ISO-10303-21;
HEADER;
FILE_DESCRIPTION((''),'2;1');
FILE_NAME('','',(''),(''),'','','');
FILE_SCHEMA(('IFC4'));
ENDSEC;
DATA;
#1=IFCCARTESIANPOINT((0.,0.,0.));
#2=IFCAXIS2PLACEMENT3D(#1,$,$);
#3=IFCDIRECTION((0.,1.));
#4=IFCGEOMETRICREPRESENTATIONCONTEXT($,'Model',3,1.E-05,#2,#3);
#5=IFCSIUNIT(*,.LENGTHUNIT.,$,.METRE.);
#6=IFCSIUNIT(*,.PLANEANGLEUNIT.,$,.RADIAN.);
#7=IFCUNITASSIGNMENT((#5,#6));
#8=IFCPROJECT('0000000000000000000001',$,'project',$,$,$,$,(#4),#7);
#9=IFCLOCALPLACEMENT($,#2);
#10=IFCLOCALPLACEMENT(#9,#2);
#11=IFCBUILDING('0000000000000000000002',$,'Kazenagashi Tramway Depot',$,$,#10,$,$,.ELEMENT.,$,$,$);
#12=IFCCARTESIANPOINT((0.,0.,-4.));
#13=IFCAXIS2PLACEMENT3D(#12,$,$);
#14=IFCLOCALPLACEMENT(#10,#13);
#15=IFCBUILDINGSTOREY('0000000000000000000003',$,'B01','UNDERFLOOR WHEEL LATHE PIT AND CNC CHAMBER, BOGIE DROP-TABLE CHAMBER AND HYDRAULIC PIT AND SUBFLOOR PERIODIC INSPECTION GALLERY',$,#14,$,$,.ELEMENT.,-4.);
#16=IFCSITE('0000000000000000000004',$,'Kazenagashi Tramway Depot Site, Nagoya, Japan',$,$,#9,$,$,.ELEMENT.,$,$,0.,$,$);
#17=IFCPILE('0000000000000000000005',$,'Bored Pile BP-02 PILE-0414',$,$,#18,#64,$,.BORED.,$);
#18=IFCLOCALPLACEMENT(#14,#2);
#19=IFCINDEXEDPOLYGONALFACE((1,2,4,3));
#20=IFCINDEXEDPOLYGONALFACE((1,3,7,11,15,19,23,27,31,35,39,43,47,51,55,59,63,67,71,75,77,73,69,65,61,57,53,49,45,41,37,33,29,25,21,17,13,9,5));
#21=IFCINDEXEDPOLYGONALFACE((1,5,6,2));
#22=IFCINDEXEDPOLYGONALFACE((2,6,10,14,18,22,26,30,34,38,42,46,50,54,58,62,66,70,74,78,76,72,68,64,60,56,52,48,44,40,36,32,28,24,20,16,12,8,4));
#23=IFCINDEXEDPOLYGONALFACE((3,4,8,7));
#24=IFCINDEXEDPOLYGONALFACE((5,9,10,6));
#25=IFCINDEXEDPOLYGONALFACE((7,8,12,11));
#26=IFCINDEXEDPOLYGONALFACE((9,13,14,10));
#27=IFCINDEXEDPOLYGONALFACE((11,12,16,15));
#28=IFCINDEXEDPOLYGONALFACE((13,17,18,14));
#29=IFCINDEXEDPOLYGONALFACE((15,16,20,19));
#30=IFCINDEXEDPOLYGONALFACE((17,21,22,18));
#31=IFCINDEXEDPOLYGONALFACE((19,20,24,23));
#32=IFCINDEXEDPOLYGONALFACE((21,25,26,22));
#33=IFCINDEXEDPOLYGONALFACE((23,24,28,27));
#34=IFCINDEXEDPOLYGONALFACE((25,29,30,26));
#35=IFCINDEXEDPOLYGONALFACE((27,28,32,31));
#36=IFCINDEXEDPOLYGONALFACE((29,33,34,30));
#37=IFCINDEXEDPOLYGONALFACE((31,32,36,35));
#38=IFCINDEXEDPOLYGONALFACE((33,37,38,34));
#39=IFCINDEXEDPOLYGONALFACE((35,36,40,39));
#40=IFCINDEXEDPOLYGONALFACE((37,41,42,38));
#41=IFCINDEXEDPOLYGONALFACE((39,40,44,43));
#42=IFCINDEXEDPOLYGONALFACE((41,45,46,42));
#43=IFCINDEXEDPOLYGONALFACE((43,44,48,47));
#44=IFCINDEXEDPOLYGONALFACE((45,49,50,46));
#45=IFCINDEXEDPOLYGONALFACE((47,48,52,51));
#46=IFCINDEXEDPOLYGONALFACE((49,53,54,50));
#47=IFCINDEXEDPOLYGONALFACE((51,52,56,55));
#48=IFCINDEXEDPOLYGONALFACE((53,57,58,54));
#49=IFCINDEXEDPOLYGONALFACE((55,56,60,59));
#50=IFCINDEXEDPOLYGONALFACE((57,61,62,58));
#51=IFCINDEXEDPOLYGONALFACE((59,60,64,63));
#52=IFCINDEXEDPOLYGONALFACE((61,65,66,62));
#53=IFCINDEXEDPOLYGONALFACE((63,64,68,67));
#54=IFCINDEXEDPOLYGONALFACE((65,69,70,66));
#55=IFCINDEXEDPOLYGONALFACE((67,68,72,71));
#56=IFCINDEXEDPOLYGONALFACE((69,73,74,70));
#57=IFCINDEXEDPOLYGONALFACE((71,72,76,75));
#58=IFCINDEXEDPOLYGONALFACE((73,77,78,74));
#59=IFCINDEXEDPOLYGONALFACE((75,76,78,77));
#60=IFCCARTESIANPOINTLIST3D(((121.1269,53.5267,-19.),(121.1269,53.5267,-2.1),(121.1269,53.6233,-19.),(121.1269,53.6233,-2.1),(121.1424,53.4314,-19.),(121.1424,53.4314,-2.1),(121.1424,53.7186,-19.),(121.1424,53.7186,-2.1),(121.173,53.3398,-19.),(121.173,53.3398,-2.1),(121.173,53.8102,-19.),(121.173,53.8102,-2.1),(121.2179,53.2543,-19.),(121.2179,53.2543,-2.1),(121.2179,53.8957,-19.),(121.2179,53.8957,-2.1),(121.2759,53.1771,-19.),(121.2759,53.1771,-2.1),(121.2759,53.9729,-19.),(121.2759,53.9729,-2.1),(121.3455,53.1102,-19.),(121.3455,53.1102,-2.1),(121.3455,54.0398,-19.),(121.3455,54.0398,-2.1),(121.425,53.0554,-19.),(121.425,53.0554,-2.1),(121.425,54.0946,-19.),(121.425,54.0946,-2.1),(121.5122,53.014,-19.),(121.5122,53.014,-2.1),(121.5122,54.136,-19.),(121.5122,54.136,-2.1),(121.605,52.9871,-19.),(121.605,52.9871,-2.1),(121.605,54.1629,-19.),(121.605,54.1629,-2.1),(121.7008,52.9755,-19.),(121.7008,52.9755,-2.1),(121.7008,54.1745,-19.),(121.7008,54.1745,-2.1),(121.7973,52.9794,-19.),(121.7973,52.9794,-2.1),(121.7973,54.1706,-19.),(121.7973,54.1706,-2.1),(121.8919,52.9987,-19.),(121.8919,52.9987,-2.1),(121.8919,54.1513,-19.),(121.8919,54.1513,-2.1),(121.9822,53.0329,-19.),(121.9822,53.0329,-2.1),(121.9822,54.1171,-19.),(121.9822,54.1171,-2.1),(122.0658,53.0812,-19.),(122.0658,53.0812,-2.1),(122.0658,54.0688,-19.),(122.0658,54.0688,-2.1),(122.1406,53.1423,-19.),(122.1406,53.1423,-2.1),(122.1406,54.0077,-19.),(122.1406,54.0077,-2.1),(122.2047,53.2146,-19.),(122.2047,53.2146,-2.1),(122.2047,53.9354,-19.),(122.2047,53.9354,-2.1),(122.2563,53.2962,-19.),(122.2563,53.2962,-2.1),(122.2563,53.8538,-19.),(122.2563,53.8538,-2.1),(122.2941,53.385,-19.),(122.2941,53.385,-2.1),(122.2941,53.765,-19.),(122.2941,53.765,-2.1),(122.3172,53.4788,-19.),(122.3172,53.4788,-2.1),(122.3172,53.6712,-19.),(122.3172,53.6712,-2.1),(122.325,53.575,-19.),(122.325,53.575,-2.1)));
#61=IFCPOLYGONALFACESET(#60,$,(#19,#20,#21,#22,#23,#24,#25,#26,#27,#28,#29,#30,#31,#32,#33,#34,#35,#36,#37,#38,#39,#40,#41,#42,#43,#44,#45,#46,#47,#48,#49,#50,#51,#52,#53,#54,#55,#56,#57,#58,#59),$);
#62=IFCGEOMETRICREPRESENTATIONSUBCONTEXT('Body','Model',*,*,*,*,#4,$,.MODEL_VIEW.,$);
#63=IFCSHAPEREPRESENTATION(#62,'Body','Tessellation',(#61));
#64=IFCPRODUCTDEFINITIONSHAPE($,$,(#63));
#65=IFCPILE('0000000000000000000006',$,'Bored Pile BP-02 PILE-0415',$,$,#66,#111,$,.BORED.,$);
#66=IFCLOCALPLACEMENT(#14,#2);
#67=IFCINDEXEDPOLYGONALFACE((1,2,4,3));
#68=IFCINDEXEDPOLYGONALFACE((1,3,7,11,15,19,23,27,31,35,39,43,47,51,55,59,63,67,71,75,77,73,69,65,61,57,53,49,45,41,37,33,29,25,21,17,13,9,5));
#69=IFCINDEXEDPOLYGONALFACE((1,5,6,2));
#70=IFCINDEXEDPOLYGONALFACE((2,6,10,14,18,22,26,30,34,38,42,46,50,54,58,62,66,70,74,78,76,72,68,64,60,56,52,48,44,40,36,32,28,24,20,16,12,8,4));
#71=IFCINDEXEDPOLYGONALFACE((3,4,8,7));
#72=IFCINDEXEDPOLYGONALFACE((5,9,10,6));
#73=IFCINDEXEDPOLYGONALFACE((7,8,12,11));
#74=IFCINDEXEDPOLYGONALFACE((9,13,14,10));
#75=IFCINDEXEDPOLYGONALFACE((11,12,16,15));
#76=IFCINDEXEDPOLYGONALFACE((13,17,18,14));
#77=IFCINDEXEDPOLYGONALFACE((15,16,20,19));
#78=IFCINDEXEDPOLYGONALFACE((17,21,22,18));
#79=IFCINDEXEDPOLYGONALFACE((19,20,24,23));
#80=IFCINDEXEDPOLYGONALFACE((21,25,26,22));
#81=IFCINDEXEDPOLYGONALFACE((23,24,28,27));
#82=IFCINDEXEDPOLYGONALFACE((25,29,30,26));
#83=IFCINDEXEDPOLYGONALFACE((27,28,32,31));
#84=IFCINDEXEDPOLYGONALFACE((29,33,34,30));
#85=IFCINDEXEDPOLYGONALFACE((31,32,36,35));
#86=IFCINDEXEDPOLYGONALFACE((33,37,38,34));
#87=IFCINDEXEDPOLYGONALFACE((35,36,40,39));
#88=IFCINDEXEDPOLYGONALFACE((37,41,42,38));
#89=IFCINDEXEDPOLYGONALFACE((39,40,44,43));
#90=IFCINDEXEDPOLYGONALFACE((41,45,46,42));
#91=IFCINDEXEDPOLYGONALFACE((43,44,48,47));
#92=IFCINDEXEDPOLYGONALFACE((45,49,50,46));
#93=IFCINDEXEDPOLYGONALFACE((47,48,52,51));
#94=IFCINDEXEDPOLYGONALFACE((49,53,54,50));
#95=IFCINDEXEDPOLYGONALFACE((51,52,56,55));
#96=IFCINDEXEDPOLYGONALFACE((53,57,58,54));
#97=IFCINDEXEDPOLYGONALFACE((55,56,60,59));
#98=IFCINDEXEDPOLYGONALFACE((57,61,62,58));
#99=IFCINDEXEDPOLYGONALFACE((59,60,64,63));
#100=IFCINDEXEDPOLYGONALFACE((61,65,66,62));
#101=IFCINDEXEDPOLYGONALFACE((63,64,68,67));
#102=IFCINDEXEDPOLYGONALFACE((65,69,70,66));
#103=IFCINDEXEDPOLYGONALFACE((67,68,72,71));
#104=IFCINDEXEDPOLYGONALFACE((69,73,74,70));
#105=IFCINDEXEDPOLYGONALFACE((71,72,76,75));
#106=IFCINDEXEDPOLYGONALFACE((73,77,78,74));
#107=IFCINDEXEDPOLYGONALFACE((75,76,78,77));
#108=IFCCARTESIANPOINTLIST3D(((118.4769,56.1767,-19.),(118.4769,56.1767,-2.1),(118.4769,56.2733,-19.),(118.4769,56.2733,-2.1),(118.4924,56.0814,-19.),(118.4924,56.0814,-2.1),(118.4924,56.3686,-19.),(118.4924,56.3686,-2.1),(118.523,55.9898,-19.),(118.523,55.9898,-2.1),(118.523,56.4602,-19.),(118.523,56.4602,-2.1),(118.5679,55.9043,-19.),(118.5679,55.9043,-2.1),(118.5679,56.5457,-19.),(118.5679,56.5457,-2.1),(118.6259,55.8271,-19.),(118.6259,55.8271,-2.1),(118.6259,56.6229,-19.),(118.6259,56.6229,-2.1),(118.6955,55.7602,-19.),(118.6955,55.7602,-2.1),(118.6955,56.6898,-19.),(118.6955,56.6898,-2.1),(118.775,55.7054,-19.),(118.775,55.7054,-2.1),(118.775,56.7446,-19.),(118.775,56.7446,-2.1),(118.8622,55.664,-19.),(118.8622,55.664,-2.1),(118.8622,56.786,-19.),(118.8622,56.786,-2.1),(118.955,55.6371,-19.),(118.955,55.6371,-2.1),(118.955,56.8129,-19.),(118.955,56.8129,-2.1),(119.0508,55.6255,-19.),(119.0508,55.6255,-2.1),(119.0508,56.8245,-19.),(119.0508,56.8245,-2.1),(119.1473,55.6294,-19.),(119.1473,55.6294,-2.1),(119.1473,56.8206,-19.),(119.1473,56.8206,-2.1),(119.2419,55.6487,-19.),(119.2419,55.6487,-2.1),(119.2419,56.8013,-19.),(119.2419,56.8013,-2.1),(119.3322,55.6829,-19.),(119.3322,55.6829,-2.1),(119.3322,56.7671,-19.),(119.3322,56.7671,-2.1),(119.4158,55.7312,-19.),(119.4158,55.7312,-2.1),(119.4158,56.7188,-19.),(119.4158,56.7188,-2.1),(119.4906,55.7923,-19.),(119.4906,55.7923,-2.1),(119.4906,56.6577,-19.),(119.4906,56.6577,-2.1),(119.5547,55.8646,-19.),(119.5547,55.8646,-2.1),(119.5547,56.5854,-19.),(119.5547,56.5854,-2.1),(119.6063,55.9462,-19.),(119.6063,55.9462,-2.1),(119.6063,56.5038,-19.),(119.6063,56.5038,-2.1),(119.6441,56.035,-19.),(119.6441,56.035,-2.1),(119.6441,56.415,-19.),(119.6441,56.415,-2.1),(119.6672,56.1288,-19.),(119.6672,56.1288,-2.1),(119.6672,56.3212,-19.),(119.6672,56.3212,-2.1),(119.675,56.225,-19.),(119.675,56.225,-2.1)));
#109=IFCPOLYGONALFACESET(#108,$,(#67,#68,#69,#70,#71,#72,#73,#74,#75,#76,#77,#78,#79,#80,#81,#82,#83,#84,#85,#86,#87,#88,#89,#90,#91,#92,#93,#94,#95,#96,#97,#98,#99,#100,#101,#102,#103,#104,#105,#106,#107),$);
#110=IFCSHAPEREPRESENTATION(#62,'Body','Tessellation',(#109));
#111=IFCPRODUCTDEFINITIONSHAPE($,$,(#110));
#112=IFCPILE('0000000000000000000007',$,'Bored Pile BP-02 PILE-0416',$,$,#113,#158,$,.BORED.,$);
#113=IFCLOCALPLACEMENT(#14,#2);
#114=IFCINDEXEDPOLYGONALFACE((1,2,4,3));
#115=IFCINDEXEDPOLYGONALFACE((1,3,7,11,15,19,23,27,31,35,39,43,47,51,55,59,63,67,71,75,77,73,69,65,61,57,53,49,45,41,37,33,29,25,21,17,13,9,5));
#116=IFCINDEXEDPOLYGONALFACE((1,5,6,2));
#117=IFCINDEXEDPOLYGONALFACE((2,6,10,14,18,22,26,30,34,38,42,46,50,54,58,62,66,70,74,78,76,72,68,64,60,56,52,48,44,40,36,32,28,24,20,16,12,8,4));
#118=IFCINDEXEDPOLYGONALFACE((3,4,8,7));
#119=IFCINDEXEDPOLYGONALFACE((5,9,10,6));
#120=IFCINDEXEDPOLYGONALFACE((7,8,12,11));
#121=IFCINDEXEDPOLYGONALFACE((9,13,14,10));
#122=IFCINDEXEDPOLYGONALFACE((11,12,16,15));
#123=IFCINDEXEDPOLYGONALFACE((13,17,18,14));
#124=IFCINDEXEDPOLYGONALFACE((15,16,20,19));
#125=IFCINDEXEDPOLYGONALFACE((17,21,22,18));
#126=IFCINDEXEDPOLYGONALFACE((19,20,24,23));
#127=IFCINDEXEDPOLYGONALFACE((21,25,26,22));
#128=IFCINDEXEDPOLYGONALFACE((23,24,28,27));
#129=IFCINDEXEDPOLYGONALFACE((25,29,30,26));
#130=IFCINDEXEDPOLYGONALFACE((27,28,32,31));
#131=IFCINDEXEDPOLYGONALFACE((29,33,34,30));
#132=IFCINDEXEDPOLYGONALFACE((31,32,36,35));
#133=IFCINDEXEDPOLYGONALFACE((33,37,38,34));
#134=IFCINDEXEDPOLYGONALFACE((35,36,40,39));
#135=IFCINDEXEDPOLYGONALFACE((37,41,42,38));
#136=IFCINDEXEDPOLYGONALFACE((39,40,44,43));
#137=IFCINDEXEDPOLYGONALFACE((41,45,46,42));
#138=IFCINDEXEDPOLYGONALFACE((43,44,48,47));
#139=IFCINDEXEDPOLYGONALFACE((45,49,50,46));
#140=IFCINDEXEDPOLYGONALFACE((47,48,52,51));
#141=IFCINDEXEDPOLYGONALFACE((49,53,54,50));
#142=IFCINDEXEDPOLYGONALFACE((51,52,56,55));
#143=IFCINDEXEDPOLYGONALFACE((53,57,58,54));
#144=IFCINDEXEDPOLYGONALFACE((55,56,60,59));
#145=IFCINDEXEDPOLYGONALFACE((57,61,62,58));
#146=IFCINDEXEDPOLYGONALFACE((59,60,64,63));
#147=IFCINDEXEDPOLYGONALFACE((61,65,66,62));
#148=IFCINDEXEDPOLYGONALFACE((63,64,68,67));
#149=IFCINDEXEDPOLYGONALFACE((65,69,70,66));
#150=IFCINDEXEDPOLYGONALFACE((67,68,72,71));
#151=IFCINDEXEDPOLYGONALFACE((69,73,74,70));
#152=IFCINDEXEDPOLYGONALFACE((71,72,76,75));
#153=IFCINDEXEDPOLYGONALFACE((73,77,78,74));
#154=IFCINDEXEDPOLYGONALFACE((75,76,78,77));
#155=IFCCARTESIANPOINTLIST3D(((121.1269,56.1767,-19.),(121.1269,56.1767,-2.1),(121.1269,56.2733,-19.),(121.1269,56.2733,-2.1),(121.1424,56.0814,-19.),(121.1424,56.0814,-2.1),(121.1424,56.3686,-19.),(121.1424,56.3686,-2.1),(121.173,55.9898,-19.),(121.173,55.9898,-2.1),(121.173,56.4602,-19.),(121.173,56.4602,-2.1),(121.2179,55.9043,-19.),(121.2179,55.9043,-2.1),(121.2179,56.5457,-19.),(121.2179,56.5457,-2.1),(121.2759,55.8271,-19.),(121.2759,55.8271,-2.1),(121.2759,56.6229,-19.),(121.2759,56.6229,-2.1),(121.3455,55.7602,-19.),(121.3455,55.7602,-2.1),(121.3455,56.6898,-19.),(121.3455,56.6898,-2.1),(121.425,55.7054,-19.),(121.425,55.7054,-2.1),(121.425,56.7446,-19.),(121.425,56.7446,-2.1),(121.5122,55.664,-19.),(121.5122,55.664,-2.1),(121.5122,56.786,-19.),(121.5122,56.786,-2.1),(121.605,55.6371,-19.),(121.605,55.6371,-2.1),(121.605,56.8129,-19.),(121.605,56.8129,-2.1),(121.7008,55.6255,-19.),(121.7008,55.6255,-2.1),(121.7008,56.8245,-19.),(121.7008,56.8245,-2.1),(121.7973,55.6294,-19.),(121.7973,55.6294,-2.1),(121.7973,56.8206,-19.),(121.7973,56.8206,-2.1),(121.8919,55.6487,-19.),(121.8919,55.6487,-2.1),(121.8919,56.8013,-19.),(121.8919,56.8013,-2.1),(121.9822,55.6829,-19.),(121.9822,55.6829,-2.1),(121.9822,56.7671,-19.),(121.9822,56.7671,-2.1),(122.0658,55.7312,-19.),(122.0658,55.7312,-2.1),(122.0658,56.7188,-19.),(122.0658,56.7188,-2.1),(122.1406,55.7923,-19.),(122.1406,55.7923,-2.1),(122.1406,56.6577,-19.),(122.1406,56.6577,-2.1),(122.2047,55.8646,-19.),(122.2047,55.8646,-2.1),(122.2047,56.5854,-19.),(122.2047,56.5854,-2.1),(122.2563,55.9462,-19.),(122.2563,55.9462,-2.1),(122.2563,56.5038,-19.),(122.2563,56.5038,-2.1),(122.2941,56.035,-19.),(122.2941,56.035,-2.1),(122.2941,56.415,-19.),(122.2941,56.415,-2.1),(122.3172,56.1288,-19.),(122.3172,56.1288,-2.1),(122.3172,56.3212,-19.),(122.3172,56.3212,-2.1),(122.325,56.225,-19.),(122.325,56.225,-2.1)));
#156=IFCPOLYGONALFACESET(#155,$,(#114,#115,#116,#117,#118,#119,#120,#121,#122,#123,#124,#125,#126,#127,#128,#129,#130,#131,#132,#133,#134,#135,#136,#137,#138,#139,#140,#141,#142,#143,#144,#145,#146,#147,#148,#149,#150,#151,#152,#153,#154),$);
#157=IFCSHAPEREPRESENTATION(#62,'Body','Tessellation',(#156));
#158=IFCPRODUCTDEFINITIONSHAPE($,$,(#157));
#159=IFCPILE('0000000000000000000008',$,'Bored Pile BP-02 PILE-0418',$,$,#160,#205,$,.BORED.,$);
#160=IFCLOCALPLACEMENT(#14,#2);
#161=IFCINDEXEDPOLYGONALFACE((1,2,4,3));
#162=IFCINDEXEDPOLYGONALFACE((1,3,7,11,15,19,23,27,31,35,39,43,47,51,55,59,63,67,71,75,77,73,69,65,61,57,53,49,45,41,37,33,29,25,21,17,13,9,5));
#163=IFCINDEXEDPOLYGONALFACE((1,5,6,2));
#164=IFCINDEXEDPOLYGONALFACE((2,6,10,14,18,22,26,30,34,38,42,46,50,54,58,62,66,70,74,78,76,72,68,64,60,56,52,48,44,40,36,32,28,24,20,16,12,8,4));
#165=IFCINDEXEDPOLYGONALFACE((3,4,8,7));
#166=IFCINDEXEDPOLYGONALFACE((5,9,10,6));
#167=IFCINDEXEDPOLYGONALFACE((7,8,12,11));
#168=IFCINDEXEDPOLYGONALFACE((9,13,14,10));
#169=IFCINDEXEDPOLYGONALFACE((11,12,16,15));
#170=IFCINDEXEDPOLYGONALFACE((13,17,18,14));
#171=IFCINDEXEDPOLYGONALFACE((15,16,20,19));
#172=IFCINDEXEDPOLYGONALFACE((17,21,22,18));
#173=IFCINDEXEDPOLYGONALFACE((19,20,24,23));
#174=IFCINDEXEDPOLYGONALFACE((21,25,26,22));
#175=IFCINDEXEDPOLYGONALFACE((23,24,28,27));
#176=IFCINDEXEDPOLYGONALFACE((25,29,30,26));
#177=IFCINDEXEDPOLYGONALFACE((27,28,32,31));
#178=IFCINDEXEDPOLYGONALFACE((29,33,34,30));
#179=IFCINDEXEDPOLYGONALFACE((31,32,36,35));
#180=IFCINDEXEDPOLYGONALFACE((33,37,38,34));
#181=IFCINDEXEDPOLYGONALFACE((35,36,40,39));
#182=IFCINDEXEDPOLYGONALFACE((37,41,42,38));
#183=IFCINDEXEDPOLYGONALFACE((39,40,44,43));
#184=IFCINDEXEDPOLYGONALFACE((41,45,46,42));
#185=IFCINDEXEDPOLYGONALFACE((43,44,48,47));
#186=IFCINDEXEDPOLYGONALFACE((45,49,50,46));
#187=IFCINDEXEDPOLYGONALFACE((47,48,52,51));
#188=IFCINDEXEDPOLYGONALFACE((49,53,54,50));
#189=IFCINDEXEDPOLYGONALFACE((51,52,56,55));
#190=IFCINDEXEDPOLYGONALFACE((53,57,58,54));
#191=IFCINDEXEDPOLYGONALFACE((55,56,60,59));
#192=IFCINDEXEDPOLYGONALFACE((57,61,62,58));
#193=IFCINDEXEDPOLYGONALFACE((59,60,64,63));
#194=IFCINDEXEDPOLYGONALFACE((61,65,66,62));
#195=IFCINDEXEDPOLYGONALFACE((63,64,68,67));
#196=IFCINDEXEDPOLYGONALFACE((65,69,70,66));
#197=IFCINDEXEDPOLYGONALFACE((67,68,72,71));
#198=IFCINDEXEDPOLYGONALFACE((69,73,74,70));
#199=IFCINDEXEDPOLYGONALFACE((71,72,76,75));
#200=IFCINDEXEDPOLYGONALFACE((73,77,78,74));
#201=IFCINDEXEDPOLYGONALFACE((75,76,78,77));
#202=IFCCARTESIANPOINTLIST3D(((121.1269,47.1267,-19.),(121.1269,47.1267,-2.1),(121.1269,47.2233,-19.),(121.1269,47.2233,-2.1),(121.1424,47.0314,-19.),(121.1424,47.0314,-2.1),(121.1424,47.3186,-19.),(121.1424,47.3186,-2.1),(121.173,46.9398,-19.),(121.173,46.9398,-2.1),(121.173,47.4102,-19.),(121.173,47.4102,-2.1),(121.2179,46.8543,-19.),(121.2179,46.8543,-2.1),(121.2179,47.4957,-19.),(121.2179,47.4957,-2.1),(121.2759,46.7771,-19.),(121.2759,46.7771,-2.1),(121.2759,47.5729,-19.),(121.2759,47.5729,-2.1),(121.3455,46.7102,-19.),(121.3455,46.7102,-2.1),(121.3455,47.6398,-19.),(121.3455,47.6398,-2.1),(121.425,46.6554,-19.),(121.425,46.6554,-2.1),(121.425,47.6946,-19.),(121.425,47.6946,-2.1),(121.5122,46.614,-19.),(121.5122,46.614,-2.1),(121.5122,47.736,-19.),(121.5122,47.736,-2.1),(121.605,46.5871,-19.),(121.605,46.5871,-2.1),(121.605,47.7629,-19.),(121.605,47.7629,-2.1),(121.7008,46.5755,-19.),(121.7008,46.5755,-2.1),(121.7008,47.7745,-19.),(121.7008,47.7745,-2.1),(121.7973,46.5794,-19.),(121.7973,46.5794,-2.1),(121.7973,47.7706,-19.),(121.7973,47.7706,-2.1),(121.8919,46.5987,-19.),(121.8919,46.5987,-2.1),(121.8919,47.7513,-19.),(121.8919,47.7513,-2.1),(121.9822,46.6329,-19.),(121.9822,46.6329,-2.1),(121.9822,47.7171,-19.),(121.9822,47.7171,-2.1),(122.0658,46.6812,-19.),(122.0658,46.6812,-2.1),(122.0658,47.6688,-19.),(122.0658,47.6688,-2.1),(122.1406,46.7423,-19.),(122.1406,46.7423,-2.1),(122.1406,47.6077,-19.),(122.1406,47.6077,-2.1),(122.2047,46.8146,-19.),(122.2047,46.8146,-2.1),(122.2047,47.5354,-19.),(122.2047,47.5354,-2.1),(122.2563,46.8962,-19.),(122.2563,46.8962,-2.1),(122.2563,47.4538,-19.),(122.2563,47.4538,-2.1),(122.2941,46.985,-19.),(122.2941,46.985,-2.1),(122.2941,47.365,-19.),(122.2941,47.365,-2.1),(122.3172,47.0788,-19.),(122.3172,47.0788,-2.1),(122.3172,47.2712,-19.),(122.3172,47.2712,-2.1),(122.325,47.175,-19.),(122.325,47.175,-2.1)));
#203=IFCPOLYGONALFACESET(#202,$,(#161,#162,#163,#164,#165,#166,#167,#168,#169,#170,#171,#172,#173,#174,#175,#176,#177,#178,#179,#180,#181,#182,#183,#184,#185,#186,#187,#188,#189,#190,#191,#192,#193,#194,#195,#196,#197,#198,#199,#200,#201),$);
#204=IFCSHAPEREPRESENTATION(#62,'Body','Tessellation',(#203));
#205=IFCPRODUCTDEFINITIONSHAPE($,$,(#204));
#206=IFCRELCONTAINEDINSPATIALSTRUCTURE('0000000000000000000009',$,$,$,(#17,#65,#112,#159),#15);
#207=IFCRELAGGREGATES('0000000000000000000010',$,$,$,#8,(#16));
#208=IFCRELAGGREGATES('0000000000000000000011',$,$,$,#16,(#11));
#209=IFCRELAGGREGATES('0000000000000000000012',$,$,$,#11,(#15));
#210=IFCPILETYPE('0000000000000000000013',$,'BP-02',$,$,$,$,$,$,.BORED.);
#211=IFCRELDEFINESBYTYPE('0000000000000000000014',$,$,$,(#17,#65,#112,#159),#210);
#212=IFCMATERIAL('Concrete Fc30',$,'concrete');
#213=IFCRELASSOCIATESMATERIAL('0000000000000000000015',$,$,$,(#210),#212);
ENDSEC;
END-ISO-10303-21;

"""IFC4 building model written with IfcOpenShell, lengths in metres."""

from ifc_helpers import new_model, si_unit, direction, frame, origin, origin_2d, place, context, subcontext, project, spatial, circle, extrude, material, material_profile, profile_set, type_object, element, save


model = new_model("IFC4")

# Units and contexts
model_context = context("Model", 3, precision=1e-05, world=origin(), true_north=direction((0.0, 1.0)))
body_context = subcontext(model_context, "Body", "Model", "MODEL_VIEW")
ifc_project = project(units=[si_unit("LENGTHUNIT", "METRE"), si_unit("PLANEANGLEUNIT", "RADIAN")], contexts=[model_context])

# Site, building, storey
site_placement = place(None, origin())
site = spatial("IfcSite", under=ifc_project, at=site_placement, Name="Kazenagashi Tramway Depot Site, Nagoya, Japan", CompositionType="ELEMENT", RefElevation=0.0)
building_placement = place(site_placement, origin())
building = spatial("IfcBuilding", under=site, at=building_placement, Name="Kazenagashi Tramway Depot", CompositionType="ELEMENT")
storey_placement = place(building_placement, frame((0.0, 0.0, -4.0)))
storey = spatial("IfcBuildingStorey", under=building, at=storey_placement, Name="B01", Description="UNDERFLOOR WHEEL LATHE PIT AND CNC CHAMBER, BOGIE DROP-TABLE CHAMBER AND HYDRAULIC PIT AND SUBFLOOR PERIODIC INSPECTION GALLERY", CompositionType="ELEMENT", Elevation=-4.0)

# Piles
ifc_material_1 = material(Name="Concrete Fc30", Category="concrete")
ifc_material_profile_1 = material_profile(ifc_material_1, circle(Radius=0.6, at=origin_2d()), Name="PILE-1200")
ifc_profile_set_1 = profile_set([ifc_material_profile_1], Name="Concrete Fc30")
pile_type = type_object("IfcPileType", Name="BP-02", PredefinedType="BORED", material=ifc_profile_set_1)
for number, where, z_axis, x_axis, name in (
    (1, (121.725, 53.575, -2.1), (0.0, 0.0, -1.0), (1.0, 0.0, 0.0), "Bored Pile BP-02 PILE-0414"),
    (2, (119.075, 56.225, -2.1), (0.0, 0.0, -1.0), (1.0, 0.0, 0.0), "Bored Pile BP-02 PILE-0415"),
    (3, (121.725, 56.225, -2.1), (0.0, 0.0, -1.0), (1.0, 0.0, 0.0), "Bored Pile BP-02 PILE-0416"),
    (4, (121.725, 47.175, -2.1), (0.0, 0.0, -1.0), (1.0, 0.0, 0.0), "Bored Pile BP-02 PILE-0418"),
):
    element("IfcPile", number, at=place(storey_placement, frame(where, z_axis=z_axis, x_axis=x_axis)), inside=storey, type_object=pile_type, Name=name, PredefinedType="BORED", context=body_context, shape_type="SweptSolid", body=[
        extrude(circle(Radius=0.6, at=origin_2d()), origin(), (0.0, 0.0, 1.0), 16.9),
    ])

save(model, "model.ifc")
